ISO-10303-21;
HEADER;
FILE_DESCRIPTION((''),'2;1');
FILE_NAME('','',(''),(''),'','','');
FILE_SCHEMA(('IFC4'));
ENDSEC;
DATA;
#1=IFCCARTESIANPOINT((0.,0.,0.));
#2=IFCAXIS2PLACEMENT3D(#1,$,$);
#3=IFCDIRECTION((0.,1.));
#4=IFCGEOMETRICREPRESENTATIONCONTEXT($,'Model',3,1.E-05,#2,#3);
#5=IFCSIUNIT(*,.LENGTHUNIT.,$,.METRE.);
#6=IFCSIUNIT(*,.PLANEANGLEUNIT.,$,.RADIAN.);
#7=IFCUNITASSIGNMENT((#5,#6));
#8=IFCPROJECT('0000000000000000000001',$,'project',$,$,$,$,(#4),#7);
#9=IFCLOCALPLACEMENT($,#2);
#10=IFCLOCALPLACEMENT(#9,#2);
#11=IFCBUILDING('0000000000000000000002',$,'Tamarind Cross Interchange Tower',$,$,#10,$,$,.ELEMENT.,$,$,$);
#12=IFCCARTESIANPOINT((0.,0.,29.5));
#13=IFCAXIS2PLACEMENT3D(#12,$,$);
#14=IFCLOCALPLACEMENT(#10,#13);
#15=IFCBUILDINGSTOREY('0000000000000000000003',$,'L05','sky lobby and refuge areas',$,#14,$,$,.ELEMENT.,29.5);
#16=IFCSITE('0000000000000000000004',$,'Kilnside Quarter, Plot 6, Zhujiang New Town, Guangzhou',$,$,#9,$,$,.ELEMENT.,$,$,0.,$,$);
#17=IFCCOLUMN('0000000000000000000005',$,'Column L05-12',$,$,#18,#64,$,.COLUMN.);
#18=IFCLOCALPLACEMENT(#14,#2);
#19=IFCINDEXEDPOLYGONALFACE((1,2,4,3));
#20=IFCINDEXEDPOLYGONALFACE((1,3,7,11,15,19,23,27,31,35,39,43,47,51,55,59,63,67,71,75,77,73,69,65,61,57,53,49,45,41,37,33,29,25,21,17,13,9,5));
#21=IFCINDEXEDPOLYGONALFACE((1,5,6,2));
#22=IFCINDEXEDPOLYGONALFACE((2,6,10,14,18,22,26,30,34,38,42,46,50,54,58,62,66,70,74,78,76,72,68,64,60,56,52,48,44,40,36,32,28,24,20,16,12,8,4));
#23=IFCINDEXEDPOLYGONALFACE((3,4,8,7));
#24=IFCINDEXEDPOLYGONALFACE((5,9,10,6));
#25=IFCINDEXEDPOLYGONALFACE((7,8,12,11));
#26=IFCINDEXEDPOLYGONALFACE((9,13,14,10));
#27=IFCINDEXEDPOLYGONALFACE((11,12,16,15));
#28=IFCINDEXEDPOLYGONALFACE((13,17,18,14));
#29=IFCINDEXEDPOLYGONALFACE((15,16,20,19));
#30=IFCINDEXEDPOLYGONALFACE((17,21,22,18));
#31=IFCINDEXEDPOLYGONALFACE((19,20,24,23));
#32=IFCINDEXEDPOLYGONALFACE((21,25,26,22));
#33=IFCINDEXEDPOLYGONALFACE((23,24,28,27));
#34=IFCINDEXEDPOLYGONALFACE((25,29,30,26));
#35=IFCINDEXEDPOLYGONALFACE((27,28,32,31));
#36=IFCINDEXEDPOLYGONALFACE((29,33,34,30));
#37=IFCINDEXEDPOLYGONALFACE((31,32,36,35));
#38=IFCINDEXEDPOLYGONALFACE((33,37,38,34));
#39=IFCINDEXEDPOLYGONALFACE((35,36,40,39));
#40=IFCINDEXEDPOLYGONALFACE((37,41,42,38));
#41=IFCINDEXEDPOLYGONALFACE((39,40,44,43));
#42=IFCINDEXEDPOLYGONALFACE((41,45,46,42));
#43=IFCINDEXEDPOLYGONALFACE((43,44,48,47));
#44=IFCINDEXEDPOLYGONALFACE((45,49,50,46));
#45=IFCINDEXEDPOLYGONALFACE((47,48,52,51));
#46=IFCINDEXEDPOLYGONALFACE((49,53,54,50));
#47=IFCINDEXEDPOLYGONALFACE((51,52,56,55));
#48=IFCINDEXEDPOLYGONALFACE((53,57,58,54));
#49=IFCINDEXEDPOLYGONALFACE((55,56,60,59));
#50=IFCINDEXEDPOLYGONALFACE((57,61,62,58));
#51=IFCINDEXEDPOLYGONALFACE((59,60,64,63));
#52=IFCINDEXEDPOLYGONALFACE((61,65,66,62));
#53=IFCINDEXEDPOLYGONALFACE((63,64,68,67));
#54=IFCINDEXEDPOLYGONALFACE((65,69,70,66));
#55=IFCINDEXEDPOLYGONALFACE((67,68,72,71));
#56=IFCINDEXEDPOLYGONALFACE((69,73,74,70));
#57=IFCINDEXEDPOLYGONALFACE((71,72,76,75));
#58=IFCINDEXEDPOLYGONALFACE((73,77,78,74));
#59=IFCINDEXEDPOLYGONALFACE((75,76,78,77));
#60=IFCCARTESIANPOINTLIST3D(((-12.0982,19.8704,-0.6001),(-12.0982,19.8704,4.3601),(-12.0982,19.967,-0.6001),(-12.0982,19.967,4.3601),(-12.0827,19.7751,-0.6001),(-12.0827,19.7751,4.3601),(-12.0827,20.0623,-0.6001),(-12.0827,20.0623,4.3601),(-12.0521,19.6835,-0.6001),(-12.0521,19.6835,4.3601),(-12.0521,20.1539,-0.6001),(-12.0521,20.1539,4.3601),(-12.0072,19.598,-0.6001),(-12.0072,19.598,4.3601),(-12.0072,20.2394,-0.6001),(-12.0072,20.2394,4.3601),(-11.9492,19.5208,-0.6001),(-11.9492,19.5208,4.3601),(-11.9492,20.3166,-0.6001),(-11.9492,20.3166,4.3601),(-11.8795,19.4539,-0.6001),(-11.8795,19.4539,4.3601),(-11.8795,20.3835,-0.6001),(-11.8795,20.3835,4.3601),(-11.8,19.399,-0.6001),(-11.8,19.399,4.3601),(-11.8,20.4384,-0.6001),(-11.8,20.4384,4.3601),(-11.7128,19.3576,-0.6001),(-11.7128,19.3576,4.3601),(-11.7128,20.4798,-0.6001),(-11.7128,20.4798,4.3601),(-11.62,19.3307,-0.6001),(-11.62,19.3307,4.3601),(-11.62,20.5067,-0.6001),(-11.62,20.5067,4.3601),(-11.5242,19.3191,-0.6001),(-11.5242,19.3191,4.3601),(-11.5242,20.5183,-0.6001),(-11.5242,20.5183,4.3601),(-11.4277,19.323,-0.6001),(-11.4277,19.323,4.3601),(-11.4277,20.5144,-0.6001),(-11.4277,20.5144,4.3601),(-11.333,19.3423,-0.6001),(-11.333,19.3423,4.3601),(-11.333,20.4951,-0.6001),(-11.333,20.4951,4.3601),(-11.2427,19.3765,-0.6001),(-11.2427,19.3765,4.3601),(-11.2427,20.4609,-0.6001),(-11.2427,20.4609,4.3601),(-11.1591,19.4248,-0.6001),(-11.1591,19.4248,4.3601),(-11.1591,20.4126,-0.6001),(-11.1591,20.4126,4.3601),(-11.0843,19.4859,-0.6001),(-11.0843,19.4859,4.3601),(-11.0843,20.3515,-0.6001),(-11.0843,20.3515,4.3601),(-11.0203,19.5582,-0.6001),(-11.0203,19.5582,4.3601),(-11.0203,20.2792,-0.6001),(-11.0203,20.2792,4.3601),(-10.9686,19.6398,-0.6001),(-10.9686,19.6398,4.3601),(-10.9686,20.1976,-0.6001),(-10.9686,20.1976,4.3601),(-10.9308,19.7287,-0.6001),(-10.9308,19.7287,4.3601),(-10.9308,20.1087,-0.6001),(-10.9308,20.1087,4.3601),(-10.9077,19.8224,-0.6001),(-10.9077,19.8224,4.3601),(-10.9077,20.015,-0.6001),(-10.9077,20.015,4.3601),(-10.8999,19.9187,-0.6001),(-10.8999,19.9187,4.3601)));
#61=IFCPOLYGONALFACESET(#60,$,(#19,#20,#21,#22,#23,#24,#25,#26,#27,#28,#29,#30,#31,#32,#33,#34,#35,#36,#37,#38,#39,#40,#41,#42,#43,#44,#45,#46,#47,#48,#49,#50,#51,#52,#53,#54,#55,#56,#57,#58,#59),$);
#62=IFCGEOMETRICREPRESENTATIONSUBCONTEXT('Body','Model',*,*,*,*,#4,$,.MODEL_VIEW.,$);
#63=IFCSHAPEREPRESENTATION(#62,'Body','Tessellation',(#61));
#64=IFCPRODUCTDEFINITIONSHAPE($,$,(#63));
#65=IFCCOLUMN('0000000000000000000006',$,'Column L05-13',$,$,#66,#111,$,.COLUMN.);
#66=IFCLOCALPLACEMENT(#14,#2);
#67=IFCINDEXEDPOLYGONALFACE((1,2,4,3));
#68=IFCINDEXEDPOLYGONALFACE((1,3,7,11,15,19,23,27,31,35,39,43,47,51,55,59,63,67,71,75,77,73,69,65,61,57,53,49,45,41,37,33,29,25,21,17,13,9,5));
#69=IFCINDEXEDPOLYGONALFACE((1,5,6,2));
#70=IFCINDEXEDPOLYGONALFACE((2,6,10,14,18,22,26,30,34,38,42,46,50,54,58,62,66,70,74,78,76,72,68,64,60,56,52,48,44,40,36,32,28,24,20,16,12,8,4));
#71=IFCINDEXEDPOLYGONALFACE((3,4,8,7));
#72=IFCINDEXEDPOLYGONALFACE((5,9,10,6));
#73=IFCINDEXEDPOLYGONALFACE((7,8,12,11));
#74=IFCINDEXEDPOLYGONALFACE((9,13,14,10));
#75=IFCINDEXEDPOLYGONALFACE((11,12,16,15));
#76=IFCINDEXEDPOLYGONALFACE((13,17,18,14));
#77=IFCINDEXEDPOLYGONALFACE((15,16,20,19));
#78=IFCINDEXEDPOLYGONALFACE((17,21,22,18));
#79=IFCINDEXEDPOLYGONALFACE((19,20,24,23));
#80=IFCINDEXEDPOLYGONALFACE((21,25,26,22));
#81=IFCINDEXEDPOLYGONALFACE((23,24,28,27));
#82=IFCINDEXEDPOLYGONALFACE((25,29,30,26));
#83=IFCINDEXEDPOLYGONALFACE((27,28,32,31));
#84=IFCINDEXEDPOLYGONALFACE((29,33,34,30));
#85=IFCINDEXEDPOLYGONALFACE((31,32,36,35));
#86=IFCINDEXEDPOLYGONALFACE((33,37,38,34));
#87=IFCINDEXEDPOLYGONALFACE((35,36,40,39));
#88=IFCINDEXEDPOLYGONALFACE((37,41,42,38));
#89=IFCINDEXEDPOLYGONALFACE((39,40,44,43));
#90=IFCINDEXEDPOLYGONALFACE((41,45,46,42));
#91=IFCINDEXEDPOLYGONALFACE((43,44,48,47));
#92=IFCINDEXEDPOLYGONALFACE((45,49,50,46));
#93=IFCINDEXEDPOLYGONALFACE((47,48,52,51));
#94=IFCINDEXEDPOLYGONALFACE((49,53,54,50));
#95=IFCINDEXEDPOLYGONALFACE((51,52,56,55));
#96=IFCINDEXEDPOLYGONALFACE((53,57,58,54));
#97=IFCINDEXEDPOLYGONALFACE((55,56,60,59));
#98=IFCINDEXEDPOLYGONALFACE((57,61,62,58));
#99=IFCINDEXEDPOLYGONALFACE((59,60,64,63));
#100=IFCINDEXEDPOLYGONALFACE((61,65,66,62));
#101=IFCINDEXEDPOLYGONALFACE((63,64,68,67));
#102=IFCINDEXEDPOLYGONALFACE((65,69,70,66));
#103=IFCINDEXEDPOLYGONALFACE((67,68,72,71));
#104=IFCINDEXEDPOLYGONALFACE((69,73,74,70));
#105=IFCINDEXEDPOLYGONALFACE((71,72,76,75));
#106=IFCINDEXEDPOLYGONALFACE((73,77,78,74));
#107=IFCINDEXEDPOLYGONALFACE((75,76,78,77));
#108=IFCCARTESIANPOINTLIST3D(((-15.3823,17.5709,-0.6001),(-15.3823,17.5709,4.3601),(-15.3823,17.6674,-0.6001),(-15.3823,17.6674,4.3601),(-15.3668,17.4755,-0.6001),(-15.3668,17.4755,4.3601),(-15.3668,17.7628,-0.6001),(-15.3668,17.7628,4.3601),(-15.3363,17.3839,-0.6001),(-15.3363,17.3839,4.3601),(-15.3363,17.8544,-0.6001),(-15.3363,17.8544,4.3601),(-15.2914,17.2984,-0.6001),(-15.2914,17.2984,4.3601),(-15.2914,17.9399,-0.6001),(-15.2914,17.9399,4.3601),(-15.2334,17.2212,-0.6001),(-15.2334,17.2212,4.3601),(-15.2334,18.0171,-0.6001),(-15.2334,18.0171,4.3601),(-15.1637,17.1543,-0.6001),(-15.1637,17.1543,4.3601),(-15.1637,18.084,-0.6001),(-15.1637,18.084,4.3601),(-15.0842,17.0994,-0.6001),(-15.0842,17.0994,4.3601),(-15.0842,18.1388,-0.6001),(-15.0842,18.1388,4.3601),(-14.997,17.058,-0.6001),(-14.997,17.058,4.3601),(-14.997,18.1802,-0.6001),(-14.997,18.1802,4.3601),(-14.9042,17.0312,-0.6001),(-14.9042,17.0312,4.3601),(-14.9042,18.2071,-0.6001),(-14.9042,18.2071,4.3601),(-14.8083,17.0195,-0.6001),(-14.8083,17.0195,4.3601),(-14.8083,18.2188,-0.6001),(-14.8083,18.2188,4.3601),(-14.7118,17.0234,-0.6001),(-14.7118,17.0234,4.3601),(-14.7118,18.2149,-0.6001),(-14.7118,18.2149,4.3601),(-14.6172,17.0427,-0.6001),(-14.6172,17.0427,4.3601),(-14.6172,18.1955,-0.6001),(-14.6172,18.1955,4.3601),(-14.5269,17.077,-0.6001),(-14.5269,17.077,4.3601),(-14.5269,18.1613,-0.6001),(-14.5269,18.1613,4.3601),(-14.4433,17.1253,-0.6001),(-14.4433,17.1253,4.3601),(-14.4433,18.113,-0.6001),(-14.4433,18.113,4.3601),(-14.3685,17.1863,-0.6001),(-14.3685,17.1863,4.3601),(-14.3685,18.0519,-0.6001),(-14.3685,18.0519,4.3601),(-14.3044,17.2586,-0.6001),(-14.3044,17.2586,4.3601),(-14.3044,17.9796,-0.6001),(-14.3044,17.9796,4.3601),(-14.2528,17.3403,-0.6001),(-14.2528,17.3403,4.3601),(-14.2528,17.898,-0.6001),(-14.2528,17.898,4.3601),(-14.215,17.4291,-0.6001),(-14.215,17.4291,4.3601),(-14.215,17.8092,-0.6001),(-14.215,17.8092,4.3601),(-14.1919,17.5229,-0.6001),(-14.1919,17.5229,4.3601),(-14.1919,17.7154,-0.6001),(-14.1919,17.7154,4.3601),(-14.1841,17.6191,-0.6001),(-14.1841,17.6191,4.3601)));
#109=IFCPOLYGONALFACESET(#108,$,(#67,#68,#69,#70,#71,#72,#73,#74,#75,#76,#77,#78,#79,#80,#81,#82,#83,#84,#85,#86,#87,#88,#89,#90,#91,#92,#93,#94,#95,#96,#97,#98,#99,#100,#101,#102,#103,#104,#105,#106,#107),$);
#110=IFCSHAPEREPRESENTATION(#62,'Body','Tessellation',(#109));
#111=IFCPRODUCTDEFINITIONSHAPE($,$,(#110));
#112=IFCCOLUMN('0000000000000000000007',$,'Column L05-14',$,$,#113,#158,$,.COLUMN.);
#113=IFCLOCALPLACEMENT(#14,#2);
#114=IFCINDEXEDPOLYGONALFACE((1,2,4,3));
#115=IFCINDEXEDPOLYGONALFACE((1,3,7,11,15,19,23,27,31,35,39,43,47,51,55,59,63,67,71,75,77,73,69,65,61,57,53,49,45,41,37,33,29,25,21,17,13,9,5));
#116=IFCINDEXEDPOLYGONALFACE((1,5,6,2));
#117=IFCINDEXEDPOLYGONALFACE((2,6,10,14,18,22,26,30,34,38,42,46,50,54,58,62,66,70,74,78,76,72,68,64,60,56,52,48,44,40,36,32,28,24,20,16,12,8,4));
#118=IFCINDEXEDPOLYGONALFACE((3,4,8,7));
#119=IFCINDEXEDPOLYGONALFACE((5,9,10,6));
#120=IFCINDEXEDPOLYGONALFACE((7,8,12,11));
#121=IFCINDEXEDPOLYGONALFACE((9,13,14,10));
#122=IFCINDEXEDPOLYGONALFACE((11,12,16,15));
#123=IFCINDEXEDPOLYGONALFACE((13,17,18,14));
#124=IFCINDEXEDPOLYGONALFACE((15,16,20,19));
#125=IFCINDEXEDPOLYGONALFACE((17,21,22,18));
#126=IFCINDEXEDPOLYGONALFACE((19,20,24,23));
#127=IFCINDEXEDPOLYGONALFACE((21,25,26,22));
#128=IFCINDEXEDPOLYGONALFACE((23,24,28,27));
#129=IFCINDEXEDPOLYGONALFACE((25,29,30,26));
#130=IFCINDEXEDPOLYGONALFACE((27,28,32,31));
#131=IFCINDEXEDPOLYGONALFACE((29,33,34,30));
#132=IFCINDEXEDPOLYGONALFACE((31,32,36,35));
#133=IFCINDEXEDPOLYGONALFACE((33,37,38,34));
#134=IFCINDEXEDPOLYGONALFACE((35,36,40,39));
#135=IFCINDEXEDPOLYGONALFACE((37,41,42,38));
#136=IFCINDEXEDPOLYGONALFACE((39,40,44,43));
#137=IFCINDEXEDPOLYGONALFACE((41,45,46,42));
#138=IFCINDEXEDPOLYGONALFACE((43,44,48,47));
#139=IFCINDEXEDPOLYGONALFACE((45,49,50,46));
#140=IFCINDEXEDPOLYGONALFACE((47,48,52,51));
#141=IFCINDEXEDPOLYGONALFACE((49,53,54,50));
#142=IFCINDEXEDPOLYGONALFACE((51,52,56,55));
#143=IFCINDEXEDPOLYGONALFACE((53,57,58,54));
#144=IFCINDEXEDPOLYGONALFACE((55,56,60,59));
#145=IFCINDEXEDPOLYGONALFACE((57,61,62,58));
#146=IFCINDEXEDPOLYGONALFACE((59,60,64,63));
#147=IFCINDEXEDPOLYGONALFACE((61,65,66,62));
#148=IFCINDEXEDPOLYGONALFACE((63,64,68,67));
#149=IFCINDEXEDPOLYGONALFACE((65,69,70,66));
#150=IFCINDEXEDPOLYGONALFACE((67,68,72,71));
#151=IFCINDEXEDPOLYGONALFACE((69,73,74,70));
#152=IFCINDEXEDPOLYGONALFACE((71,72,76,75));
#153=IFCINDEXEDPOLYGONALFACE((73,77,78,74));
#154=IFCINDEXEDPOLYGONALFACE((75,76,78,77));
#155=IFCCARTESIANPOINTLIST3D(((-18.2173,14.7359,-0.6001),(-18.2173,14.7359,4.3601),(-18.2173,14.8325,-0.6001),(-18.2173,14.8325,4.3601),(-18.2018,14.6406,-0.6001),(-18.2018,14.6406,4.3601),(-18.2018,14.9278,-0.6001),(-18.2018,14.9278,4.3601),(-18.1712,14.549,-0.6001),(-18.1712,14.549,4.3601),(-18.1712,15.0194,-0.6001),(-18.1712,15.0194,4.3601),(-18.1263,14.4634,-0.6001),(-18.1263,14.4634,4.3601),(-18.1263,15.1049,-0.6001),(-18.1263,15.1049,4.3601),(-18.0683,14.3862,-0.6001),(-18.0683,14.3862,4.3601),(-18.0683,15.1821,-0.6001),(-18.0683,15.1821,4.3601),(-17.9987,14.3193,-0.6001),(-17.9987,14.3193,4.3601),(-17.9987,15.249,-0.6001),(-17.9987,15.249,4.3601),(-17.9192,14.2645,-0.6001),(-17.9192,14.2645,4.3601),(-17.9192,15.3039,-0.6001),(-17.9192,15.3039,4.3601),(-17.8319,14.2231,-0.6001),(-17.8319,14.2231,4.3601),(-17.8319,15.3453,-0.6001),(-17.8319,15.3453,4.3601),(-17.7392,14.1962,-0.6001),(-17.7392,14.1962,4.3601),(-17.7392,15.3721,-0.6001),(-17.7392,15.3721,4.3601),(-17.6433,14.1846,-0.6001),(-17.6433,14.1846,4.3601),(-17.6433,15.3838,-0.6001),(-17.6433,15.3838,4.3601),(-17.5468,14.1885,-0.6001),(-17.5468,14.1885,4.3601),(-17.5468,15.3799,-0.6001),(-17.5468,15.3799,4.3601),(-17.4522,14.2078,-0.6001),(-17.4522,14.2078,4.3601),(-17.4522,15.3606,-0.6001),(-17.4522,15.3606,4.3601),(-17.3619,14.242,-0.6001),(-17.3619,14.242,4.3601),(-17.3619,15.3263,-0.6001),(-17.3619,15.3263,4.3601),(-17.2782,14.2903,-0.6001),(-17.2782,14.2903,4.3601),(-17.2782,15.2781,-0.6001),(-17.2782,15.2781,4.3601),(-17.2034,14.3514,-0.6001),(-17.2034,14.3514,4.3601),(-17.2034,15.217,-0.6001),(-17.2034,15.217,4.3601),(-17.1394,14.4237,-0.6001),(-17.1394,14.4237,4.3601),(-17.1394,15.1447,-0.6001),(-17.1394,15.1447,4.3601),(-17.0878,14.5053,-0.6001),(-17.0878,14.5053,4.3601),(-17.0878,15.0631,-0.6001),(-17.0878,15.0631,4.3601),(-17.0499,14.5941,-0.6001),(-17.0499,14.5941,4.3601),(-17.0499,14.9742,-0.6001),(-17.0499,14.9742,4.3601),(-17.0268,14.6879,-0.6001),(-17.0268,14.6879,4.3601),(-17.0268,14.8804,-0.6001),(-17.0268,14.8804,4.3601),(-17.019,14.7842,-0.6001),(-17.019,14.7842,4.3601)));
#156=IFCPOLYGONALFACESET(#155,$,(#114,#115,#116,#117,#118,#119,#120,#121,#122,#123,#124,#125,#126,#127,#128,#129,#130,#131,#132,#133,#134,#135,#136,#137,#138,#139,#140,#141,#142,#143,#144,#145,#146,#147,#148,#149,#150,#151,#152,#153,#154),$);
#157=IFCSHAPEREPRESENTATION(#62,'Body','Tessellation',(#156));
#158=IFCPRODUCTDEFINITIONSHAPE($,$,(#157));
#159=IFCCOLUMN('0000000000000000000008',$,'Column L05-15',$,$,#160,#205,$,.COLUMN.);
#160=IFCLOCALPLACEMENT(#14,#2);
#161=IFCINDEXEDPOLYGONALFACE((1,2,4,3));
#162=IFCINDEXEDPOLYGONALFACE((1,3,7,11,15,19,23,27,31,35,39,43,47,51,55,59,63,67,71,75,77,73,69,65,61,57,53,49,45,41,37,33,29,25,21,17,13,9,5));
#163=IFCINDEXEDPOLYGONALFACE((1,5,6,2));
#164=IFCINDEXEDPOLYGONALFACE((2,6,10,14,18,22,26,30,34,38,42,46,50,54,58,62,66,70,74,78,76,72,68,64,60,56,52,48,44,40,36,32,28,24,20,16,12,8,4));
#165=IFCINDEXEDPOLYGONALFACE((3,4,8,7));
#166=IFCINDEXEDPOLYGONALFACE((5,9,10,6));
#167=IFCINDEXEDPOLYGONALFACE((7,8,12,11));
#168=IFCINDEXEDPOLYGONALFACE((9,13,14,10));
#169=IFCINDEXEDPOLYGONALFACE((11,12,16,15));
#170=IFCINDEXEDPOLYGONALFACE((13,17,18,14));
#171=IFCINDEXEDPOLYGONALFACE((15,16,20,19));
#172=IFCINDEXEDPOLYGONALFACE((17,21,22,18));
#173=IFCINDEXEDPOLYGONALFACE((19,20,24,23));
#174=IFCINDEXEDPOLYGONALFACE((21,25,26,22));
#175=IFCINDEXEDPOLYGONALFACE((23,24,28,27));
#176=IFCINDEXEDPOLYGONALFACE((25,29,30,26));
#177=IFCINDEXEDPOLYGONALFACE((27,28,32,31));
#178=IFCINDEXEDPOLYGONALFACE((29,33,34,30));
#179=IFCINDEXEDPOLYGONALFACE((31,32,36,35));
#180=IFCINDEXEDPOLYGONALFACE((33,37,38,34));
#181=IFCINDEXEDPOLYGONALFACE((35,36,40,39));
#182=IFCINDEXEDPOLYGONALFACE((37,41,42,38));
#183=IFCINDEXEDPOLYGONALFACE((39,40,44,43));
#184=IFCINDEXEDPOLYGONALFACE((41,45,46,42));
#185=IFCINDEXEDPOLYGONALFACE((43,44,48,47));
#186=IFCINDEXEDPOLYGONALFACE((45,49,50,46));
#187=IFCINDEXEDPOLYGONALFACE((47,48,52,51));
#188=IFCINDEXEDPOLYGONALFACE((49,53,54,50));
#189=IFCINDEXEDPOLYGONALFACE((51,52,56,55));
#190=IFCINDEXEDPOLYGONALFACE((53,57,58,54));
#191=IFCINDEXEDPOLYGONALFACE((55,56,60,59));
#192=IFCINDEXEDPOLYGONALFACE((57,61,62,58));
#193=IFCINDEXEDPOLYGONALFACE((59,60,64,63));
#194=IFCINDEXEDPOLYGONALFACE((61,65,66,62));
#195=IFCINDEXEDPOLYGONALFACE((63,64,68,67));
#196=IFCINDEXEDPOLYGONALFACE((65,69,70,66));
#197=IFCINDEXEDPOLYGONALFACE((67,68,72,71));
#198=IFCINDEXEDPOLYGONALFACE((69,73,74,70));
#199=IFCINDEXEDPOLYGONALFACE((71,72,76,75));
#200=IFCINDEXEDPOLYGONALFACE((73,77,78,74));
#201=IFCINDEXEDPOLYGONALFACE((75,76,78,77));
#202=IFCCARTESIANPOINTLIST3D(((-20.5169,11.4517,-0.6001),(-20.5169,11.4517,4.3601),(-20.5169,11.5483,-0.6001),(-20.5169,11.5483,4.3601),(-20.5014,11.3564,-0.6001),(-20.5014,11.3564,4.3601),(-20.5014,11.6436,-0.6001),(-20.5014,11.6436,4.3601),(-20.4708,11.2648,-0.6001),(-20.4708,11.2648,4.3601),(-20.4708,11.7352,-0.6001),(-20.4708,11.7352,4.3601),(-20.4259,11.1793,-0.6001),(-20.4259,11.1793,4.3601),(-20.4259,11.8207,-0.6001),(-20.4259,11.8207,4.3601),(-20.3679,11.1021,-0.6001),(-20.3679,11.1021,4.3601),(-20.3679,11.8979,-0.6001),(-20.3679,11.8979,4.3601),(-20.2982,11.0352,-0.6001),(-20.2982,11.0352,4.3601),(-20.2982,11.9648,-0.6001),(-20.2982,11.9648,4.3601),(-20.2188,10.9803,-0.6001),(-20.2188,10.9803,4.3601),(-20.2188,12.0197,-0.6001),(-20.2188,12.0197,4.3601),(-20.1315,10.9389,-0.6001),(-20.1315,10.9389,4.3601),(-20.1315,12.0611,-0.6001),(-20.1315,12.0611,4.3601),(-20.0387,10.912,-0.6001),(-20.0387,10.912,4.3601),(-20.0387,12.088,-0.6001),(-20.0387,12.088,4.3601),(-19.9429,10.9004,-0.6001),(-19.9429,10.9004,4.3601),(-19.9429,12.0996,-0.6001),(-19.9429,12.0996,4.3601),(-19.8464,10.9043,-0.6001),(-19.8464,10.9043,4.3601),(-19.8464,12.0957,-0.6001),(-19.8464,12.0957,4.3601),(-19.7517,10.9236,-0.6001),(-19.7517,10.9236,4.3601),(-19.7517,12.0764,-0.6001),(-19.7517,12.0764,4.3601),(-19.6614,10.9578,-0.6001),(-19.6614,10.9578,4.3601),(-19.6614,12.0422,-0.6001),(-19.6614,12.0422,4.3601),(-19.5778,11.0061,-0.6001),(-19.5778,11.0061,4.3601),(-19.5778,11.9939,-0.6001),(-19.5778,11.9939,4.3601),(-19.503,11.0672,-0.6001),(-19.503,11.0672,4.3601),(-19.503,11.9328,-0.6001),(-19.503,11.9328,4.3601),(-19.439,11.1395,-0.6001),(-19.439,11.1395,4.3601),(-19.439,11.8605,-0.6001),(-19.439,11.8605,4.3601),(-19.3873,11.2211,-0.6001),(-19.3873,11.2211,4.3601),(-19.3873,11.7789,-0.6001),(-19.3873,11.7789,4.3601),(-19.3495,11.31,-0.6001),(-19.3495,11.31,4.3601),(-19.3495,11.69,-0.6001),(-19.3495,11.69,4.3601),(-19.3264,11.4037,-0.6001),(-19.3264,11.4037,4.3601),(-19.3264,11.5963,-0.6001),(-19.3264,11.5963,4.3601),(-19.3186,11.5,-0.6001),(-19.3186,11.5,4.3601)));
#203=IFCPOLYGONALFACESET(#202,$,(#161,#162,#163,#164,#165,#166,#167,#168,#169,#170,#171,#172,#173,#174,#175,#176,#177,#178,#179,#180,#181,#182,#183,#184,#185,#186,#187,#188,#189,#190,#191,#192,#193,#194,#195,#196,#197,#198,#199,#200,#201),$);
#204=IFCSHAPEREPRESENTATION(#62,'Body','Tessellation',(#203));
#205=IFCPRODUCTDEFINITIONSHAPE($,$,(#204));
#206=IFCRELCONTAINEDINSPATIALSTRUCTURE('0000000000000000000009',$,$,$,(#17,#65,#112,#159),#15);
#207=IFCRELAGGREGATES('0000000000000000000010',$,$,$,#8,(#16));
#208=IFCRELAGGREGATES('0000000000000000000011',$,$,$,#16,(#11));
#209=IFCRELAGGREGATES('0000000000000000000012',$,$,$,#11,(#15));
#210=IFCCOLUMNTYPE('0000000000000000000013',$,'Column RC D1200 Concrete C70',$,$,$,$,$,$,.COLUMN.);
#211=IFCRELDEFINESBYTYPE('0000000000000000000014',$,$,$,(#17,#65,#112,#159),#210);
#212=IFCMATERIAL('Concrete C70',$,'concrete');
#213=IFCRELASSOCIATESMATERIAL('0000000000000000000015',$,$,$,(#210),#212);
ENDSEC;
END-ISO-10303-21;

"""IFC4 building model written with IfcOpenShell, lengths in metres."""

from ifc_helpers import new_model, si_unit, direction, frame, origin, origin_2d, place, context, subcontext, project, spatial, circle, extrude, material, material_profile, profile_set, type_object, element, save


model = new_model("IFC4")

# Units and contexts
model_context = context("Model", 3, precision=1e-05, world=origin(), true_north=direction((0.0, 1.0)))
body_context = subcontext(model_context, "Body", "Model", "MODEL_VIEW")
ifc_project = project(units=[si_unit("LENGTHUNIT", "METRE"), si_unit("PLANEANGLEUNIT", "RADIAN")], contexts=[model_context])

# Site, building, storey
site_placement = place(None, origin())
site = spatial("IfcSite", under=ifc_project, at=site_placement, Name="Kilnside Quarter, Plot 6, Zhujiang New Town, Guangzhou", CompositionType="ELEMENT", RefElevation=0.0)
building_placement = place(site_placement, origin())
building = spatial("IfcBuilding", under=site, at=building_placement, Name="Tamarind Cross Interchange Tower", CompositionType="ELEMENT")
storey_placement = place(building_placement, frame((0.0, 0.0, 29.5)))
storey = spatial("IfcBuildingStorey", under=building, at=storey_placement, Name="L05", Description="sky lobby and refuge areas", CompositionType="ELEMENT", Elevation=29.5)

# Columns
ifc_material_1 = material(Name="Concrete C70", Category="concrete")
ifc_material_profile_1 = material_profile(ifc_material_1, circle(Radius=0.6001, at=origin_2d()), Name="RC D1200")
ifc_profile_set_1 = profile_set([ifc_material_profile_1], Name="Concrete C70")
column_type = type_object("IfcColumnType", Name="Column RC D1200 Concrete C70", PredefinedType="COLUMN", material=ifc_profile_set_1)
for number, where, z_axis, x_axis, name in (
    (1, (-11.5, 19.9187, -0.6001), (0.0, 0.0, 1.0), (1.0, 0.0, 0.0), "Column L05-12"),
    (2, (-14.7842, 17.6191, -0.6001), (0.0, 0.0, 1.0), (1.0, 0.0, 0.0), "Column L05-13"),
    (3, (-17.6191, 14.7842, -0.6001), (0.0, 0.0, 1.0), (1.0, 0.0, 0.0), "Column L05-14"),
    (4, (-19.9187, 11.5, -0.6001), (0.0, 0.0, 1.0), (1.0, 0.0, 0.0), "Column L05-15"),
):
    element("IfcColumn", number, at=place(storey_placement, frame(where, z_axis=z_axis, x_axis=x_axis)), inside=storey, type_object=column_type, Name=name, PredefinedType="COLUMN", context=body_context, shape_type="SweptSolid", body=[
        extrude(circle(Radius=0.6001, at=origin_2d()), origin(), (0.0, 0.0, 1.0), 4.9602),
    ])

save(model, "model.ifc")
